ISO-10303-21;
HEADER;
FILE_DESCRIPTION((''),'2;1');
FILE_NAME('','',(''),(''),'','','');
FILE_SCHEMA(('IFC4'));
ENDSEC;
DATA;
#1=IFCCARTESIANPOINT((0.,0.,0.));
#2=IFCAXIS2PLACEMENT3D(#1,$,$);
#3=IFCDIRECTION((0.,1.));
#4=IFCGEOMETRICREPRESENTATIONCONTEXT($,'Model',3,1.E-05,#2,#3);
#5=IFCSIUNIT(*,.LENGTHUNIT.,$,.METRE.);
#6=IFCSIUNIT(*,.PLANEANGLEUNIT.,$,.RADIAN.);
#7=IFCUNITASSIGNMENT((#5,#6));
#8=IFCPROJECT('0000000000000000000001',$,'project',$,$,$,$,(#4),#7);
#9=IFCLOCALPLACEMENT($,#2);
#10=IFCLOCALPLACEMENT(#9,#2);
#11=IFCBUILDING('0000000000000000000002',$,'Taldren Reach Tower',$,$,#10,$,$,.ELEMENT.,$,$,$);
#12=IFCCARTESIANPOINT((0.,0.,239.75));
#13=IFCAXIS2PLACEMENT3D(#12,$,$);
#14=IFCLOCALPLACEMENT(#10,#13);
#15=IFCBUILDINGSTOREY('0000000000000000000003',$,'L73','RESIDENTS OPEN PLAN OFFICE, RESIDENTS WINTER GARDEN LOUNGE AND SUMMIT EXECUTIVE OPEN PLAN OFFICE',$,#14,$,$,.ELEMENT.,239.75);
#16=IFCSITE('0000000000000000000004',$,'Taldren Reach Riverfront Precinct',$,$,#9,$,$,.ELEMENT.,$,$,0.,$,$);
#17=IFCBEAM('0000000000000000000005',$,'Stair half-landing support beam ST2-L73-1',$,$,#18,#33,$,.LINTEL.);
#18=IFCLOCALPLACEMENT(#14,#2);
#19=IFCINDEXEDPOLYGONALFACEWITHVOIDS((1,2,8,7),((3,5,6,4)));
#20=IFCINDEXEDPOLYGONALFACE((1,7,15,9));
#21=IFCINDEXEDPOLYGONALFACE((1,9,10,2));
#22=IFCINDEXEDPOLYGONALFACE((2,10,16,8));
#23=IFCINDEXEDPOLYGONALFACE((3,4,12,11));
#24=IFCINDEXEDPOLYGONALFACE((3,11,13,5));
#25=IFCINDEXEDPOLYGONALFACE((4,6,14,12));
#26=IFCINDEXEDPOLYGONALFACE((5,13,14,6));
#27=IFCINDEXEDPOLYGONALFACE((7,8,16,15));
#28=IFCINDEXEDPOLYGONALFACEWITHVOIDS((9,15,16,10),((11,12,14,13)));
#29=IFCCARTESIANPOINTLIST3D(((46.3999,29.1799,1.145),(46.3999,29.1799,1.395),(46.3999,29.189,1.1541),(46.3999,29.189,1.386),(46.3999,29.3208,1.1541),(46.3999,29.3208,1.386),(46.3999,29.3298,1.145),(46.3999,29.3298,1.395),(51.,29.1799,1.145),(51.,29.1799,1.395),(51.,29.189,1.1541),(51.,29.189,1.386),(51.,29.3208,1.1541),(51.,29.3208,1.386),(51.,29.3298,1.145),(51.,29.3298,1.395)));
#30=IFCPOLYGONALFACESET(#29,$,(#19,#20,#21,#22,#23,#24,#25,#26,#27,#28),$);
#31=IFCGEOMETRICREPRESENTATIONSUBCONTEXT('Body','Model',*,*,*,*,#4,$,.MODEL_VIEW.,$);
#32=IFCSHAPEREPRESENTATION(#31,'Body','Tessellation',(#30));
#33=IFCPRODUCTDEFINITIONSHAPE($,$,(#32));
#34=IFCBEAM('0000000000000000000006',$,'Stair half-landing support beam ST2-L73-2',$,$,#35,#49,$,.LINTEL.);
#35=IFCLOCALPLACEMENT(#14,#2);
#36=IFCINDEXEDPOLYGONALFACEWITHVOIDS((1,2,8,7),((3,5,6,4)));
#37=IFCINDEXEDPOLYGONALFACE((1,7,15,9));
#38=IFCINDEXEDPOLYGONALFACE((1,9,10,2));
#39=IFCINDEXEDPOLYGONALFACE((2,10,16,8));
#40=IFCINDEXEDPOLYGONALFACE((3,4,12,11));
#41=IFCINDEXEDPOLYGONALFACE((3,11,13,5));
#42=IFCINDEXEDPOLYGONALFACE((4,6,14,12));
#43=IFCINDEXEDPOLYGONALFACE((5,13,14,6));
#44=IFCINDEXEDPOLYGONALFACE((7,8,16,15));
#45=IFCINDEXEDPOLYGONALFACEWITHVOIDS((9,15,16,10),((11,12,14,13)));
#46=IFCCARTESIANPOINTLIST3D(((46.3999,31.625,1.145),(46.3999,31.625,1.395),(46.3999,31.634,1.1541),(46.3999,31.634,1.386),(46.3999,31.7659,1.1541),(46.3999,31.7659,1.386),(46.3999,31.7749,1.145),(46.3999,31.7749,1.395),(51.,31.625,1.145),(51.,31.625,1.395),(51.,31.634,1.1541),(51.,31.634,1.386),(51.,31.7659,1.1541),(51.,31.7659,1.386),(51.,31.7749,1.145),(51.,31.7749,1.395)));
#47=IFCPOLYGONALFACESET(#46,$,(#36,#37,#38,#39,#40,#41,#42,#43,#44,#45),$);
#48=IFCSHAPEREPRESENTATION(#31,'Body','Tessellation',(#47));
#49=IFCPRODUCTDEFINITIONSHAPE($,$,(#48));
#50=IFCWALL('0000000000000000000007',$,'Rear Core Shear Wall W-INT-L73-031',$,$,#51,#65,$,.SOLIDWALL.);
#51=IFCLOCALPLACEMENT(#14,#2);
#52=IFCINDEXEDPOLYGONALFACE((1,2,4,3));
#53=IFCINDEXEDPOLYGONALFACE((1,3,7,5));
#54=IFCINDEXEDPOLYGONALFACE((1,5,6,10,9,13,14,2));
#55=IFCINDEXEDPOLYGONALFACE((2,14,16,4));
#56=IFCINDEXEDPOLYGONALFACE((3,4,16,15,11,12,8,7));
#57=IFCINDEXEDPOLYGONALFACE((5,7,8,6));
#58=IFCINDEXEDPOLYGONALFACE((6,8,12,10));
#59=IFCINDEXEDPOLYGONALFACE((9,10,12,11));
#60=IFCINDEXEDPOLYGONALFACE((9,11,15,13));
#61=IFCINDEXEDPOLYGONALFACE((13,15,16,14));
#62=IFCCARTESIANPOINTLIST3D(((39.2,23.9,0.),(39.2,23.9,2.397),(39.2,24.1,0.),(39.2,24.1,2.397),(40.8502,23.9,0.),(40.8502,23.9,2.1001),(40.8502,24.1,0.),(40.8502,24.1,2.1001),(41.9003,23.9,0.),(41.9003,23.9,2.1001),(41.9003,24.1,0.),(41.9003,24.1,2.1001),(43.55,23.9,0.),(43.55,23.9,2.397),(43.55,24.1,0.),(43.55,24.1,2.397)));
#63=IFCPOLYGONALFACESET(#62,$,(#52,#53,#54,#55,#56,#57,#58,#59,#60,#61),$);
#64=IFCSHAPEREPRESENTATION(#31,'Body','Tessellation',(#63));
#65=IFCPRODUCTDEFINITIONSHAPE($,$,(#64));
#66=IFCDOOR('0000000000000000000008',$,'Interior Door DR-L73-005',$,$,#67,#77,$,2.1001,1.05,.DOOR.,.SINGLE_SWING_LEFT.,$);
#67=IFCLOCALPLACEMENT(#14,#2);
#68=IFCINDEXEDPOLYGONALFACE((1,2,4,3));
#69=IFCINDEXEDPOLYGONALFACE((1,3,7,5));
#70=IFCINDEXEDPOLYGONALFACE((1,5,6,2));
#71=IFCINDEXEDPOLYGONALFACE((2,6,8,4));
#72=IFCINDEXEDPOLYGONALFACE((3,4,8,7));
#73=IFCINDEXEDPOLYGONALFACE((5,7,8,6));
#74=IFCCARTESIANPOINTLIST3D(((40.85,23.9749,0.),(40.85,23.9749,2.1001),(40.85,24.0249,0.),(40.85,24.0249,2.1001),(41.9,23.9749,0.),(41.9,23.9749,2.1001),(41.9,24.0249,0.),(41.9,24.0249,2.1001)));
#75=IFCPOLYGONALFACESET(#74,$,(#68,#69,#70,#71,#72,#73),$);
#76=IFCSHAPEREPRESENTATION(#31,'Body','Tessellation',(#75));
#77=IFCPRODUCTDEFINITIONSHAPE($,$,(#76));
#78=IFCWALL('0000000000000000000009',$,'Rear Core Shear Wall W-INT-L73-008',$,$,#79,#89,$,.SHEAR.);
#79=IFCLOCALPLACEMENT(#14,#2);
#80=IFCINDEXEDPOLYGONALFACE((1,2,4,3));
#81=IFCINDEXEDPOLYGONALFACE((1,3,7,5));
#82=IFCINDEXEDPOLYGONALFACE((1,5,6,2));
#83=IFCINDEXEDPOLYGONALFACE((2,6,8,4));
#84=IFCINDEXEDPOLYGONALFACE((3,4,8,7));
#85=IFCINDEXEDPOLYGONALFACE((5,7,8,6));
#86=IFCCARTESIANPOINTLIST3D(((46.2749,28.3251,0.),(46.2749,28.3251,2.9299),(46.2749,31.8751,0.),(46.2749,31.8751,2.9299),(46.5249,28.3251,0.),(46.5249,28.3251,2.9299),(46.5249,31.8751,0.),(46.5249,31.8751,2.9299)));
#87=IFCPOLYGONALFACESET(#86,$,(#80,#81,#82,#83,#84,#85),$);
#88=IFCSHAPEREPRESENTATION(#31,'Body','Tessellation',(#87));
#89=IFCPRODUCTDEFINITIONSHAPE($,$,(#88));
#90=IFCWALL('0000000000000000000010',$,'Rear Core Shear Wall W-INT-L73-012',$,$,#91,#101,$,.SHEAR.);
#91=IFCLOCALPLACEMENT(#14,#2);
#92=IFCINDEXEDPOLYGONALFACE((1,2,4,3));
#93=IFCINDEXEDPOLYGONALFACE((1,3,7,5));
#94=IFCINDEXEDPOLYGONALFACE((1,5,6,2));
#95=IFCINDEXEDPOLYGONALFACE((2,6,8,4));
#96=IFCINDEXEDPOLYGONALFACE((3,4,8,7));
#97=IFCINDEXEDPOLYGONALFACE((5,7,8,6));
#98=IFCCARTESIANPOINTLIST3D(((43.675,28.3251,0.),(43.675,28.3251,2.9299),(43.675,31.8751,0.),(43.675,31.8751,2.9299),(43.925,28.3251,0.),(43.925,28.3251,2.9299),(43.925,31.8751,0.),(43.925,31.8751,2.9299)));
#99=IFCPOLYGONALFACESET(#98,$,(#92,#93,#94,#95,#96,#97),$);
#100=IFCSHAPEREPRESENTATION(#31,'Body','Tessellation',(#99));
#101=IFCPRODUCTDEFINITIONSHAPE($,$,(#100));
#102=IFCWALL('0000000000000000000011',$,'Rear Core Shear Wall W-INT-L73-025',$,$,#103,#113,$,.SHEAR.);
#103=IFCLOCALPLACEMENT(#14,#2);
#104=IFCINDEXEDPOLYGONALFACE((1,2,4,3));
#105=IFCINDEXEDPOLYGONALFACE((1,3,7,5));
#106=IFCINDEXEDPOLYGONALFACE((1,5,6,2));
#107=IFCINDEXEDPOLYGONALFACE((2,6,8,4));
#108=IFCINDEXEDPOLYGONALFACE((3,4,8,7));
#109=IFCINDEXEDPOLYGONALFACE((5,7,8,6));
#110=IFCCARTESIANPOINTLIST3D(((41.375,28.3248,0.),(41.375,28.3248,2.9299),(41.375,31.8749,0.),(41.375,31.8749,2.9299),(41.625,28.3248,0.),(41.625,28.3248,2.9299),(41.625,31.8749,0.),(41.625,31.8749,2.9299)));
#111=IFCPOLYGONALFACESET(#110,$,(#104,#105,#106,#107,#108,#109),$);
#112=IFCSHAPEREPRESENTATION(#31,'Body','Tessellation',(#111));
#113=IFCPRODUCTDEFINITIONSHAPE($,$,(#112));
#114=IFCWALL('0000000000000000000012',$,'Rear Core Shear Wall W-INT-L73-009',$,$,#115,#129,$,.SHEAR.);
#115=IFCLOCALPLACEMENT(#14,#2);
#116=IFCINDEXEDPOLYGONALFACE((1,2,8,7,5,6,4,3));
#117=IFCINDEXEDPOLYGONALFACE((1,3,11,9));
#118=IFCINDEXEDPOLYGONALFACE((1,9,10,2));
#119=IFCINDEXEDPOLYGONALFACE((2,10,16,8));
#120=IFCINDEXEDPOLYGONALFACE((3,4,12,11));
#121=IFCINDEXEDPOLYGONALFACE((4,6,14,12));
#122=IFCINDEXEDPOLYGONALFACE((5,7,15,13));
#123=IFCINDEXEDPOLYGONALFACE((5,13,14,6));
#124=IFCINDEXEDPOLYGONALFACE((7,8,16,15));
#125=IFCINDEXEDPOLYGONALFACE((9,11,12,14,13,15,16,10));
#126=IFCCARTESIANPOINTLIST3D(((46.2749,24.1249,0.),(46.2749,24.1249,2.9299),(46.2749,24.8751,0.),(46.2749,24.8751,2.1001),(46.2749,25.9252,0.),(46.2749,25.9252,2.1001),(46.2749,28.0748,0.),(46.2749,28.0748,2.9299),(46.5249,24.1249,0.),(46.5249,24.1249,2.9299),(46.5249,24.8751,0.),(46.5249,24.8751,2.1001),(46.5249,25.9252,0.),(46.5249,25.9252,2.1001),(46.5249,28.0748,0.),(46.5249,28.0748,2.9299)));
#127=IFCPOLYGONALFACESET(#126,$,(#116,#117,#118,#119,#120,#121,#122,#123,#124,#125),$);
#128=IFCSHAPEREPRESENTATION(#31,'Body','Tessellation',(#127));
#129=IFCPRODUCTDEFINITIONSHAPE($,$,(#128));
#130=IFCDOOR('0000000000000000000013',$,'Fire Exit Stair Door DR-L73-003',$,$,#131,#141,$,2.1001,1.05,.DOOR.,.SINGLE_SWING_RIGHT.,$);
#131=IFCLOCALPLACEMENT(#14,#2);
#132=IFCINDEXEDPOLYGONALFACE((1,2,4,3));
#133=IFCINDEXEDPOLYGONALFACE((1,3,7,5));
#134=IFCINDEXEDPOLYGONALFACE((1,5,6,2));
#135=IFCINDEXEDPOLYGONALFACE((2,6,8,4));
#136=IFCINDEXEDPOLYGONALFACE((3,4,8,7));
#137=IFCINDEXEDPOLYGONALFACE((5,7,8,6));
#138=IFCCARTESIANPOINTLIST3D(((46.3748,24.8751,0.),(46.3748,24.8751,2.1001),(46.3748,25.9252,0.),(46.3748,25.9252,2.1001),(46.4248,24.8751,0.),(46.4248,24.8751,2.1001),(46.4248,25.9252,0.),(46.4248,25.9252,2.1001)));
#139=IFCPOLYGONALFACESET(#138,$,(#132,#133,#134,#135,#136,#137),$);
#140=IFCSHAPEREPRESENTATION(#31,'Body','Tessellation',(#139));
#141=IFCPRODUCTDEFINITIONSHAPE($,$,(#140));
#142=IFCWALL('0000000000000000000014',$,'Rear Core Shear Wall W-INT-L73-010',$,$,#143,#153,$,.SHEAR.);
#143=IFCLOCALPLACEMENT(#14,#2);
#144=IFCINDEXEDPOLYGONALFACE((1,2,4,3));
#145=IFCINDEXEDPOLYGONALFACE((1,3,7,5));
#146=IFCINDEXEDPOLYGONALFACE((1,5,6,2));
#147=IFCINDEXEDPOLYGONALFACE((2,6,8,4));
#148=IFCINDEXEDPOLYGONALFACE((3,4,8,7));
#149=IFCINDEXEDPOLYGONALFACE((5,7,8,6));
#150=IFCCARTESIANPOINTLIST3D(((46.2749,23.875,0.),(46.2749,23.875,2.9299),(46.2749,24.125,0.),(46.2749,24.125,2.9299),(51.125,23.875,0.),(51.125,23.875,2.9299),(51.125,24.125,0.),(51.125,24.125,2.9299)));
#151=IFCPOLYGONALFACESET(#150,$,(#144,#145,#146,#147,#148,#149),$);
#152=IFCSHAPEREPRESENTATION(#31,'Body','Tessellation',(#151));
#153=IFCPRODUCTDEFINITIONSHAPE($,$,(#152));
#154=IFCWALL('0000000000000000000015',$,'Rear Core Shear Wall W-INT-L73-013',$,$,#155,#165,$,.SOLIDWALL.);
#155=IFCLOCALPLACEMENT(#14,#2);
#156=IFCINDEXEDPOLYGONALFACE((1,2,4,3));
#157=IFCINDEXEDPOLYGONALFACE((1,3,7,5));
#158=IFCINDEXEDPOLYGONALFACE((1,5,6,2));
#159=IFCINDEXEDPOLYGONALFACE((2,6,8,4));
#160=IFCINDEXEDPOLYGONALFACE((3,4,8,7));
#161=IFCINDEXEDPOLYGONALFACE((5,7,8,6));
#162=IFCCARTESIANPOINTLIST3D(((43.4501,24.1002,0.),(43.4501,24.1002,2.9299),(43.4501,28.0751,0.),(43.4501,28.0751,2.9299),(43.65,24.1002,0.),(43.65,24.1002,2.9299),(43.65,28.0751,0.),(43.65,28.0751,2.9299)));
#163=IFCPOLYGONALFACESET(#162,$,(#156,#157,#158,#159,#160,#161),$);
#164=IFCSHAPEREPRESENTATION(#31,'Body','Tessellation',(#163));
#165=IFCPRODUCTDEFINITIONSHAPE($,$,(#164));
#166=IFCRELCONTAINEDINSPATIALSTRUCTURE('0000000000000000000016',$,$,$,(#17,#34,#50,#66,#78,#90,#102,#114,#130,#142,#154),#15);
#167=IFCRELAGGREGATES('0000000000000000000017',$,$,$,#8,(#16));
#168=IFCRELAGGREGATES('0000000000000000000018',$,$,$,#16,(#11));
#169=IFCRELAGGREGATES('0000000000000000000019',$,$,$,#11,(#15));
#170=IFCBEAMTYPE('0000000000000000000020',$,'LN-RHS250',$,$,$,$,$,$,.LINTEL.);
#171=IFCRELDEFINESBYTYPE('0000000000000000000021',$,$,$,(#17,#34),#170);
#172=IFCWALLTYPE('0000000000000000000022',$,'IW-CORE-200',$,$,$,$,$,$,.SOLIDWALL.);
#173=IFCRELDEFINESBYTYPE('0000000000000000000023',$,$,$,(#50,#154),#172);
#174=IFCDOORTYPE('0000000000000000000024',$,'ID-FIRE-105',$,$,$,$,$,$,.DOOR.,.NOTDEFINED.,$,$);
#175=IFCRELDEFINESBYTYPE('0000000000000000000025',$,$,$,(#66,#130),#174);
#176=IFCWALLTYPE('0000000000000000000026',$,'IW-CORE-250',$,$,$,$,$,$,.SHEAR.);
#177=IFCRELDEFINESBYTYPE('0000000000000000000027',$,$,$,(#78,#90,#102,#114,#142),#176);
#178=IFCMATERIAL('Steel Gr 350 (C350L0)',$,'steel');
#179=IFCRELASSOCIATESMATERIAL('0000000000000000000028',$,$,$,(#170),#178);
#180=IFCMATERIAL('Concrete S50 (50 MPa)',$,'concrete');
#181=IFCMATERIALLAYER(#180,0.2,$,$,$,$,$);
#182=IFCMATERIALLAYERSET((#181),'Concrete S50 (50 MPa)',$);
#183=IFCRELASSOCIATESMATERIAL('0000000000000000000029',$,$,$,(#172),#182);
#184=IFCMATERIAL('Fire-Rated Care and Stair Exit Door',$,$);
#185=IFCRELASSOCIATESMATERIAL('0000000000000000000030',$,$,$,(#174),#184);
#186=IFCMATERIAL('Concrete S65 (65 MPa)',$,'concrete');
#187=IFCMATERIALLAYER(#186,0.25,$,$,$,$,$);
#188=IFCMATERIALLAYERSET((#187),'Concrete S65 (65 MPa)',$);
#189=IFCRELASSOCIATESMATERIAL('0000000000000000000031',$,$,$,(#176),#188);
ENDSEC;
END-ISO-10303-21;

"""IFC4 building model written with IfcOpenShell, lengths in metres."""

from ifc_helpers import new_model, si_unit, direction, frame, frame_2d, origin, origin_2d, place, context, subcontext, project, spatial, rectangle, hollow_rectangle, extrude, source, transform, mapped, material, layer, layer_set, material_profile, profile_set, type_object, element, fill, save


model = new_model("IFC4")

# Units and contexts
model_context = context("Model", 3, precision=1e-05, world=origin(), true_north=direction((0.0, 1.0)))
body_context = subcontext(model_context, "Body", "Model", "MODEL_VIEW")
ifc_project = project(units=[si_unit("LENGTHUNIT", "METRE"), si_unit("PLANEANGLEUNIT", "RADIAN")], contexts=[model_context])

# Site, building, storey
site_placement = place(None, origin())
site = spatial("IfcSite", under=ifc_project, at=site_placement, Name="Taldren Reach Riverfront Precinct", CompositionType="ELEMENT", RefElevation=0.0)
building_placement = place(site_placement, origin())
building = spatial("IfcBuilding", under=site, at=building_placement, Name="Taldren Reach Tower", CompositionType="ELEMENT")
storey_placement = place(building_placement, frame((0.0, 0.0, 239.75)))
storey = spatial("IfcBuildingStorey", under=building, at=storey_placement, Name="L73", Description="RESIDENTS OPEN PLAN OFFICE, RESIDENTS WINTER GARDEN LOUNGE AND SUMMIT EXECUTIVE OPEN PLAN OFFICE", CompositionType="ELEMENT", Elevation=239.75)

# Beams
ifc_material_1 = material(Name="Steel Gr 350 (C350L0)", Category="steel")
ifc_material_profile = material_profile(ifc_material_1, hollow_rectangle(XDim=0.1499, YDim=0.25, WallThickness=0.009, at=origin_2d()), Name="250x150x9.0RHS")
ifc_profile_set = profile_set([ifc_material_profile], Name="Steel Gr 350 (C350L0)")
beam_type = type_object("IfcBeamType", Name="LN-RHS250", PredefinedType="LINTEL", material=ifc_profile_set)
shared_shape_1 = source(origin(), body_context, "Body", "SweptSolid", [
    extrude(hollow_rectangle(XDim=0.1499, YDim=0.25, WallThickness=0.009, at=origin_2d()), origin(), (0.0, 0.0, 1.0), 4.6001),
])
for number, where, z_axis, x_axis, name in (
    (1, (46.3999, 29.2549, 1.27), (1.0, 0.0, 0.0), (0.0, 1.0, 0.0), "Stair half-landing support beam ST2-L73-1"),
    (2, (46.3999, 31.7, 1.27), (1.0, 0.0, 0.0), (0.0, 1.0, 0.0), "Stair half-landing support beam ST2-L73-2"),
):
    element("IfcBeam", number, at=place(storey_placement, frame(where, z_axis=z_axis, x_axis=x_axis)), inside=storey, type_object=beam_type, Name=name, PredefinedType="LINTEL", context=body_context, shape_type="MappedRepresentation", body=[
        mapped(shared_shape_1, transform((0.0, 0.0, 0.0), scale=1.0)),
    ])

# Wall, opening, door
ifc_material_2 = material(Name="Concrete S50 (50 MPa)", Category="concrete")
ifc_layer_1 = layer(ifc_material_2, 0.2)
ifc_layer_set_1 = layer_set([ifc_layer_1], Name="Concrete S50 (50 MPa)")
wall_type_1 = type_object("IfcWallType", Name="IW-CORE-200", PredefinedType="SOLIDWALL", material=ifc_layer_set_1)
shared_shape_2 = source(origin(), body_context, "Body", "SweptSolid", [
    extrude(rectangle(XDim=4.3501, YDim=0.2, at=frame_2d((2.175, 0.0))), origin(), (0.0, 0.0, 1.0), 2.397),
])
wall_1_placement = place(storey_placement, frame((43.55, 24.0, 0.0), z_axis=(0.0, 0.0, 1.0), x_axis=(-1.0, 0.0, 0.0)))
wall_1 = element("IfcWall", 3, at=wall_1_placement, inside=storey, type_object=wall_type_1, Name="Rear Core Shear Wall W-INT-L73-031", PredefinedType="SOLIDWALL", context=body_context, shape_type="MappedRepresentation", body=[
    mapped(shared_shape_2, transform((0.0, 0.0, 0.0), scale=1.0)),
])
shared_shape_3 = source(origin(), body_context, "Body", "SweptSolid", [
    extrude(rectangle(XDim=1.05, YDim=2.1001, at=frame_2d((0.5249, 1.05))), frame((0.0, 0.1099, 0.0), z_axis=(0.0, -1.0, 0.0), x_axis=(1.0, 0.0, 0.0)), (0.0, 0.0, 1.0), 0.22),
])
opening_1_placement = place(wall_1_placement, frame((1.6499, 0.0, 0.0)))
opening_1 = element("IfcOpeningElement", 4, at=opening_1_placement, cuts=wall_1, PredefinedType="OPENING", context=body_context, shape_type="MappedRepresentation", body=[
    mapped(shared_shape_3, transform((0.0, 0.0, 0.0), scale=1.0)),
])
ifc_material_3 = material(Name="Fire-Rated Care and Stair Exit Door")
door_type_1 = type_object("IfcDoorType", Name="ID-FIRE-105", OperationType="NOTDEFINED", PredefinedType="DOOR", material=ifc_material_3)
shared_shape_4 = source(origin(), body_context, "Body", "SweptSolid", [
    extrude(rectangle(XDim=1.05, YDim=2.1001, at=frame_2d((0.5249, 1.05))), frame((0.0, 0.0249, 0.0), z_axis=(0.0, -1.0, 0.0), x_axis=(1.0, 0.0, 0.0)), (0.0, 0.0, 1.0), 0.05),
])
door_1_placement = place(opening_1_placement, frame((1.05, 0.0, 0.0), z_axis=(0.0, 0.0, 1.0), x_axis=(-1.0, 0.0, 0.0)))
door_1 = element("IfcDoor", 5, at=door_1_placement, inside=storey, type_object=door_type_1, Name="Interior Door DR-L73-005", OperationType="SINGLE_SWING_LEFT", OverallHeight=2.1001, OverallWidth=1.05, PredefinedType="DOOR", context=body_context, shape_type="MappedRepresentation", body=[
    mapped(shared_shape_4, transform((0.0, 0.0, 0.0), scale=1.0)),
])
fill(opening_1, door_1)

# Walls
ifc_material_4 = material(Name="Concrete S65 (65 MPa)", Category="concrete")
ifc_layer_2 = layer(ifc_material_4, 0.25)
ifc_layer_set_2 = layer_set([ifc_layer_2], Name="Concrete S65 (65 MPa)")
wall_type_2 = type_object("IfcWallType", Name="IW-CORE-250", PredefinedType="SHEAR", material=ifc_layer_set_2)
shared_shape_5 = source(origin(), body_context, "Body", "SweptSolid", [
    extrude(rectangle(XDim=3.55, YDim=0.25, at=frame_2d((1.7749, 0.0))), origin(), (0.0, 0.0, 1.0), 2.9299),
])
for number, where, z_axis, x_axis, name in (
    (6, (46.3999, 31.875, 0.0), (0.0, 0.0, 1.0), (0.0, -1.0, 0.0), "Rear Core Shear Wall W-INT-L73-008"),
    (7, (43.8, 31.875, 0.0), (0.0, 0.0, 1.0), (0.0, -1.0, 0.0), "Rear Core Shear Wall W-INT-L73-012"),
    (8, (41.5, 28.325, 0.0), (0.0, 0.0, 1.0), (0.0, 1.0, 0.0), "Rear Core Shear Wall W-INT-L73-025"),
):
    element("IfcWall", number, at=place(storey_placement, frame(where, z_axis=z_axis, x_axis=x_axis)), inside=storey, type_object=wall_type_2, Name=name, PredefinedType="SHEAR", context=body_context, shape_type="MappedRepresentation", body=[
        mapped(shared_shape_5, transform((0.0, 0.0, 0.0), scale=1.0)),
    ])

# Wall, opening, door
shared_shape_6 = source(origin(), body_context, "Body", "SweptSolid", [
    extrude(rectangle(XDim=3.95, YDim=0.25, at=frame_2d((1.9751, 0.0))), origin(), (0.0, 0.0, 1.0), 2.9299),
])
wall_2_placement = place(storey_placement, frame((46.3999, 28.075, 0.0), z_axis=(0.0, 0.0, 1.0), x_axis=(0.0, -1.0, 0.0)))
wall_2 = element("IfcWall", 9, at=wall_2_placement, inside=storey, type_object=wall_type_2, Name="Rear Core Shear Wall W-INT-L73-009", PredefinedType="SHEAR", context=body_context, shape_type="MappedRepresentation", body=[
    mapped(shared_shape_6, transform((0.0, 0.0, 0.0), scale=1.0)),
])
shared_shape_7 = source(origin(), body_context, "Body", "SweptSolid", [
    extrude(rectangle(XDim=1.05, YDim=2.1001, at=frame_2d((0.5249, 1.05))), frame((0.0, 0.135, 0.0), z_axis=(0.0, -1.0, 0.0), x_axis=(1.0, 0.0, 0.0)), (0.0, 0.0, 1.0), 0.27),
])
opening_2_placement = place(wall_2_placement, frame((2.1499, 0.0, 0.0)))
opening_2 = element("IfcOpeningElement", 10, at=opening_2_placement, cuts=wall_2, PredefinedType="OPENING", context=body_context, shape_type="MappedRepresentation", body=[
    mapped(shared_shape_7, transform((0.0, 0.0, 0.0), scale=1.0)),
])
door_2_placement = place(opening_2_placement, origin())
door_2 = element("IfcDoor", 11, at=door_2_placement, inside=storey, type_object=door_type_1, Name="Fire Exit Stair Door DR-L73-003", OperationType="SINGLE_SWING_RIGHT", OverallHeight=2.1001, OverallWidth=1.05, PredefinedType="DOOR", context=body_context, shape_type="MappedRepresentation", body=[
    mapped(shared_shape_4, transform((0.0, 0.0, 0.0), scale=1.0)),
])
fill(opening_2, door_2)

# Wall
shared_shape_8 = source(origin(), body_context, "Body", "SweptSolid", [
    extrude(rectangle(XDim=4.8501, YDim=0.25, at=frame_2d((2.425, 0.0))), origin(), (0.0, 0.0, 1.0), 2.9299),
])
wall_3_placement = place(storey_placement, frame((46.2749, 24.0, 0.0), z_axis=(0.0, 0.0, 1.0), x_axis=(1.0, 0.0, 0.0)))
element("IfcWall", 12, at=wall_3_placement, inside=storey, type_object=wall_type_2, Name="Rear Core Shear Wall W-INT-L73-010", PredefinedType="SHEAR", context=body_context, shape_type="MappedRepresentation", body=[
    mapped(shared_shape_8, transform((0.0, 0.0, 0.0), scale=1.0)),
])

# Wall
shared_shape_9 = source(origin(), body_context, "Body", "SweptSolid", [
    extrude(rectangle(XDim=3.9749, YDim=0.2, at=frame_2d((1.9873, 0.0))), origin(), (0.0, 0.0, 1.0), 2.9299),
])
wall_4_placement = place(storey_placement, frame((43.55, 28.075, 0.0), z_axis=(0.0, 0.0, 1.0), x_axis=(0.0, -1.0, 0.0)))
element("IfcWall", 13, at=wall_4_placement, inside=storey, type_object=wall_type_1, Name="Rear Core Shear Wall W-INT-L73-013", PredefinedType="SOLIDWALL", context=body_context, shape_type="MappedRepresentation", body=[
    mapped(shared_shape_9, transform((0.0, 0.0, 0.0), scale=1.0)),
])

save(model, "model.ifc")
